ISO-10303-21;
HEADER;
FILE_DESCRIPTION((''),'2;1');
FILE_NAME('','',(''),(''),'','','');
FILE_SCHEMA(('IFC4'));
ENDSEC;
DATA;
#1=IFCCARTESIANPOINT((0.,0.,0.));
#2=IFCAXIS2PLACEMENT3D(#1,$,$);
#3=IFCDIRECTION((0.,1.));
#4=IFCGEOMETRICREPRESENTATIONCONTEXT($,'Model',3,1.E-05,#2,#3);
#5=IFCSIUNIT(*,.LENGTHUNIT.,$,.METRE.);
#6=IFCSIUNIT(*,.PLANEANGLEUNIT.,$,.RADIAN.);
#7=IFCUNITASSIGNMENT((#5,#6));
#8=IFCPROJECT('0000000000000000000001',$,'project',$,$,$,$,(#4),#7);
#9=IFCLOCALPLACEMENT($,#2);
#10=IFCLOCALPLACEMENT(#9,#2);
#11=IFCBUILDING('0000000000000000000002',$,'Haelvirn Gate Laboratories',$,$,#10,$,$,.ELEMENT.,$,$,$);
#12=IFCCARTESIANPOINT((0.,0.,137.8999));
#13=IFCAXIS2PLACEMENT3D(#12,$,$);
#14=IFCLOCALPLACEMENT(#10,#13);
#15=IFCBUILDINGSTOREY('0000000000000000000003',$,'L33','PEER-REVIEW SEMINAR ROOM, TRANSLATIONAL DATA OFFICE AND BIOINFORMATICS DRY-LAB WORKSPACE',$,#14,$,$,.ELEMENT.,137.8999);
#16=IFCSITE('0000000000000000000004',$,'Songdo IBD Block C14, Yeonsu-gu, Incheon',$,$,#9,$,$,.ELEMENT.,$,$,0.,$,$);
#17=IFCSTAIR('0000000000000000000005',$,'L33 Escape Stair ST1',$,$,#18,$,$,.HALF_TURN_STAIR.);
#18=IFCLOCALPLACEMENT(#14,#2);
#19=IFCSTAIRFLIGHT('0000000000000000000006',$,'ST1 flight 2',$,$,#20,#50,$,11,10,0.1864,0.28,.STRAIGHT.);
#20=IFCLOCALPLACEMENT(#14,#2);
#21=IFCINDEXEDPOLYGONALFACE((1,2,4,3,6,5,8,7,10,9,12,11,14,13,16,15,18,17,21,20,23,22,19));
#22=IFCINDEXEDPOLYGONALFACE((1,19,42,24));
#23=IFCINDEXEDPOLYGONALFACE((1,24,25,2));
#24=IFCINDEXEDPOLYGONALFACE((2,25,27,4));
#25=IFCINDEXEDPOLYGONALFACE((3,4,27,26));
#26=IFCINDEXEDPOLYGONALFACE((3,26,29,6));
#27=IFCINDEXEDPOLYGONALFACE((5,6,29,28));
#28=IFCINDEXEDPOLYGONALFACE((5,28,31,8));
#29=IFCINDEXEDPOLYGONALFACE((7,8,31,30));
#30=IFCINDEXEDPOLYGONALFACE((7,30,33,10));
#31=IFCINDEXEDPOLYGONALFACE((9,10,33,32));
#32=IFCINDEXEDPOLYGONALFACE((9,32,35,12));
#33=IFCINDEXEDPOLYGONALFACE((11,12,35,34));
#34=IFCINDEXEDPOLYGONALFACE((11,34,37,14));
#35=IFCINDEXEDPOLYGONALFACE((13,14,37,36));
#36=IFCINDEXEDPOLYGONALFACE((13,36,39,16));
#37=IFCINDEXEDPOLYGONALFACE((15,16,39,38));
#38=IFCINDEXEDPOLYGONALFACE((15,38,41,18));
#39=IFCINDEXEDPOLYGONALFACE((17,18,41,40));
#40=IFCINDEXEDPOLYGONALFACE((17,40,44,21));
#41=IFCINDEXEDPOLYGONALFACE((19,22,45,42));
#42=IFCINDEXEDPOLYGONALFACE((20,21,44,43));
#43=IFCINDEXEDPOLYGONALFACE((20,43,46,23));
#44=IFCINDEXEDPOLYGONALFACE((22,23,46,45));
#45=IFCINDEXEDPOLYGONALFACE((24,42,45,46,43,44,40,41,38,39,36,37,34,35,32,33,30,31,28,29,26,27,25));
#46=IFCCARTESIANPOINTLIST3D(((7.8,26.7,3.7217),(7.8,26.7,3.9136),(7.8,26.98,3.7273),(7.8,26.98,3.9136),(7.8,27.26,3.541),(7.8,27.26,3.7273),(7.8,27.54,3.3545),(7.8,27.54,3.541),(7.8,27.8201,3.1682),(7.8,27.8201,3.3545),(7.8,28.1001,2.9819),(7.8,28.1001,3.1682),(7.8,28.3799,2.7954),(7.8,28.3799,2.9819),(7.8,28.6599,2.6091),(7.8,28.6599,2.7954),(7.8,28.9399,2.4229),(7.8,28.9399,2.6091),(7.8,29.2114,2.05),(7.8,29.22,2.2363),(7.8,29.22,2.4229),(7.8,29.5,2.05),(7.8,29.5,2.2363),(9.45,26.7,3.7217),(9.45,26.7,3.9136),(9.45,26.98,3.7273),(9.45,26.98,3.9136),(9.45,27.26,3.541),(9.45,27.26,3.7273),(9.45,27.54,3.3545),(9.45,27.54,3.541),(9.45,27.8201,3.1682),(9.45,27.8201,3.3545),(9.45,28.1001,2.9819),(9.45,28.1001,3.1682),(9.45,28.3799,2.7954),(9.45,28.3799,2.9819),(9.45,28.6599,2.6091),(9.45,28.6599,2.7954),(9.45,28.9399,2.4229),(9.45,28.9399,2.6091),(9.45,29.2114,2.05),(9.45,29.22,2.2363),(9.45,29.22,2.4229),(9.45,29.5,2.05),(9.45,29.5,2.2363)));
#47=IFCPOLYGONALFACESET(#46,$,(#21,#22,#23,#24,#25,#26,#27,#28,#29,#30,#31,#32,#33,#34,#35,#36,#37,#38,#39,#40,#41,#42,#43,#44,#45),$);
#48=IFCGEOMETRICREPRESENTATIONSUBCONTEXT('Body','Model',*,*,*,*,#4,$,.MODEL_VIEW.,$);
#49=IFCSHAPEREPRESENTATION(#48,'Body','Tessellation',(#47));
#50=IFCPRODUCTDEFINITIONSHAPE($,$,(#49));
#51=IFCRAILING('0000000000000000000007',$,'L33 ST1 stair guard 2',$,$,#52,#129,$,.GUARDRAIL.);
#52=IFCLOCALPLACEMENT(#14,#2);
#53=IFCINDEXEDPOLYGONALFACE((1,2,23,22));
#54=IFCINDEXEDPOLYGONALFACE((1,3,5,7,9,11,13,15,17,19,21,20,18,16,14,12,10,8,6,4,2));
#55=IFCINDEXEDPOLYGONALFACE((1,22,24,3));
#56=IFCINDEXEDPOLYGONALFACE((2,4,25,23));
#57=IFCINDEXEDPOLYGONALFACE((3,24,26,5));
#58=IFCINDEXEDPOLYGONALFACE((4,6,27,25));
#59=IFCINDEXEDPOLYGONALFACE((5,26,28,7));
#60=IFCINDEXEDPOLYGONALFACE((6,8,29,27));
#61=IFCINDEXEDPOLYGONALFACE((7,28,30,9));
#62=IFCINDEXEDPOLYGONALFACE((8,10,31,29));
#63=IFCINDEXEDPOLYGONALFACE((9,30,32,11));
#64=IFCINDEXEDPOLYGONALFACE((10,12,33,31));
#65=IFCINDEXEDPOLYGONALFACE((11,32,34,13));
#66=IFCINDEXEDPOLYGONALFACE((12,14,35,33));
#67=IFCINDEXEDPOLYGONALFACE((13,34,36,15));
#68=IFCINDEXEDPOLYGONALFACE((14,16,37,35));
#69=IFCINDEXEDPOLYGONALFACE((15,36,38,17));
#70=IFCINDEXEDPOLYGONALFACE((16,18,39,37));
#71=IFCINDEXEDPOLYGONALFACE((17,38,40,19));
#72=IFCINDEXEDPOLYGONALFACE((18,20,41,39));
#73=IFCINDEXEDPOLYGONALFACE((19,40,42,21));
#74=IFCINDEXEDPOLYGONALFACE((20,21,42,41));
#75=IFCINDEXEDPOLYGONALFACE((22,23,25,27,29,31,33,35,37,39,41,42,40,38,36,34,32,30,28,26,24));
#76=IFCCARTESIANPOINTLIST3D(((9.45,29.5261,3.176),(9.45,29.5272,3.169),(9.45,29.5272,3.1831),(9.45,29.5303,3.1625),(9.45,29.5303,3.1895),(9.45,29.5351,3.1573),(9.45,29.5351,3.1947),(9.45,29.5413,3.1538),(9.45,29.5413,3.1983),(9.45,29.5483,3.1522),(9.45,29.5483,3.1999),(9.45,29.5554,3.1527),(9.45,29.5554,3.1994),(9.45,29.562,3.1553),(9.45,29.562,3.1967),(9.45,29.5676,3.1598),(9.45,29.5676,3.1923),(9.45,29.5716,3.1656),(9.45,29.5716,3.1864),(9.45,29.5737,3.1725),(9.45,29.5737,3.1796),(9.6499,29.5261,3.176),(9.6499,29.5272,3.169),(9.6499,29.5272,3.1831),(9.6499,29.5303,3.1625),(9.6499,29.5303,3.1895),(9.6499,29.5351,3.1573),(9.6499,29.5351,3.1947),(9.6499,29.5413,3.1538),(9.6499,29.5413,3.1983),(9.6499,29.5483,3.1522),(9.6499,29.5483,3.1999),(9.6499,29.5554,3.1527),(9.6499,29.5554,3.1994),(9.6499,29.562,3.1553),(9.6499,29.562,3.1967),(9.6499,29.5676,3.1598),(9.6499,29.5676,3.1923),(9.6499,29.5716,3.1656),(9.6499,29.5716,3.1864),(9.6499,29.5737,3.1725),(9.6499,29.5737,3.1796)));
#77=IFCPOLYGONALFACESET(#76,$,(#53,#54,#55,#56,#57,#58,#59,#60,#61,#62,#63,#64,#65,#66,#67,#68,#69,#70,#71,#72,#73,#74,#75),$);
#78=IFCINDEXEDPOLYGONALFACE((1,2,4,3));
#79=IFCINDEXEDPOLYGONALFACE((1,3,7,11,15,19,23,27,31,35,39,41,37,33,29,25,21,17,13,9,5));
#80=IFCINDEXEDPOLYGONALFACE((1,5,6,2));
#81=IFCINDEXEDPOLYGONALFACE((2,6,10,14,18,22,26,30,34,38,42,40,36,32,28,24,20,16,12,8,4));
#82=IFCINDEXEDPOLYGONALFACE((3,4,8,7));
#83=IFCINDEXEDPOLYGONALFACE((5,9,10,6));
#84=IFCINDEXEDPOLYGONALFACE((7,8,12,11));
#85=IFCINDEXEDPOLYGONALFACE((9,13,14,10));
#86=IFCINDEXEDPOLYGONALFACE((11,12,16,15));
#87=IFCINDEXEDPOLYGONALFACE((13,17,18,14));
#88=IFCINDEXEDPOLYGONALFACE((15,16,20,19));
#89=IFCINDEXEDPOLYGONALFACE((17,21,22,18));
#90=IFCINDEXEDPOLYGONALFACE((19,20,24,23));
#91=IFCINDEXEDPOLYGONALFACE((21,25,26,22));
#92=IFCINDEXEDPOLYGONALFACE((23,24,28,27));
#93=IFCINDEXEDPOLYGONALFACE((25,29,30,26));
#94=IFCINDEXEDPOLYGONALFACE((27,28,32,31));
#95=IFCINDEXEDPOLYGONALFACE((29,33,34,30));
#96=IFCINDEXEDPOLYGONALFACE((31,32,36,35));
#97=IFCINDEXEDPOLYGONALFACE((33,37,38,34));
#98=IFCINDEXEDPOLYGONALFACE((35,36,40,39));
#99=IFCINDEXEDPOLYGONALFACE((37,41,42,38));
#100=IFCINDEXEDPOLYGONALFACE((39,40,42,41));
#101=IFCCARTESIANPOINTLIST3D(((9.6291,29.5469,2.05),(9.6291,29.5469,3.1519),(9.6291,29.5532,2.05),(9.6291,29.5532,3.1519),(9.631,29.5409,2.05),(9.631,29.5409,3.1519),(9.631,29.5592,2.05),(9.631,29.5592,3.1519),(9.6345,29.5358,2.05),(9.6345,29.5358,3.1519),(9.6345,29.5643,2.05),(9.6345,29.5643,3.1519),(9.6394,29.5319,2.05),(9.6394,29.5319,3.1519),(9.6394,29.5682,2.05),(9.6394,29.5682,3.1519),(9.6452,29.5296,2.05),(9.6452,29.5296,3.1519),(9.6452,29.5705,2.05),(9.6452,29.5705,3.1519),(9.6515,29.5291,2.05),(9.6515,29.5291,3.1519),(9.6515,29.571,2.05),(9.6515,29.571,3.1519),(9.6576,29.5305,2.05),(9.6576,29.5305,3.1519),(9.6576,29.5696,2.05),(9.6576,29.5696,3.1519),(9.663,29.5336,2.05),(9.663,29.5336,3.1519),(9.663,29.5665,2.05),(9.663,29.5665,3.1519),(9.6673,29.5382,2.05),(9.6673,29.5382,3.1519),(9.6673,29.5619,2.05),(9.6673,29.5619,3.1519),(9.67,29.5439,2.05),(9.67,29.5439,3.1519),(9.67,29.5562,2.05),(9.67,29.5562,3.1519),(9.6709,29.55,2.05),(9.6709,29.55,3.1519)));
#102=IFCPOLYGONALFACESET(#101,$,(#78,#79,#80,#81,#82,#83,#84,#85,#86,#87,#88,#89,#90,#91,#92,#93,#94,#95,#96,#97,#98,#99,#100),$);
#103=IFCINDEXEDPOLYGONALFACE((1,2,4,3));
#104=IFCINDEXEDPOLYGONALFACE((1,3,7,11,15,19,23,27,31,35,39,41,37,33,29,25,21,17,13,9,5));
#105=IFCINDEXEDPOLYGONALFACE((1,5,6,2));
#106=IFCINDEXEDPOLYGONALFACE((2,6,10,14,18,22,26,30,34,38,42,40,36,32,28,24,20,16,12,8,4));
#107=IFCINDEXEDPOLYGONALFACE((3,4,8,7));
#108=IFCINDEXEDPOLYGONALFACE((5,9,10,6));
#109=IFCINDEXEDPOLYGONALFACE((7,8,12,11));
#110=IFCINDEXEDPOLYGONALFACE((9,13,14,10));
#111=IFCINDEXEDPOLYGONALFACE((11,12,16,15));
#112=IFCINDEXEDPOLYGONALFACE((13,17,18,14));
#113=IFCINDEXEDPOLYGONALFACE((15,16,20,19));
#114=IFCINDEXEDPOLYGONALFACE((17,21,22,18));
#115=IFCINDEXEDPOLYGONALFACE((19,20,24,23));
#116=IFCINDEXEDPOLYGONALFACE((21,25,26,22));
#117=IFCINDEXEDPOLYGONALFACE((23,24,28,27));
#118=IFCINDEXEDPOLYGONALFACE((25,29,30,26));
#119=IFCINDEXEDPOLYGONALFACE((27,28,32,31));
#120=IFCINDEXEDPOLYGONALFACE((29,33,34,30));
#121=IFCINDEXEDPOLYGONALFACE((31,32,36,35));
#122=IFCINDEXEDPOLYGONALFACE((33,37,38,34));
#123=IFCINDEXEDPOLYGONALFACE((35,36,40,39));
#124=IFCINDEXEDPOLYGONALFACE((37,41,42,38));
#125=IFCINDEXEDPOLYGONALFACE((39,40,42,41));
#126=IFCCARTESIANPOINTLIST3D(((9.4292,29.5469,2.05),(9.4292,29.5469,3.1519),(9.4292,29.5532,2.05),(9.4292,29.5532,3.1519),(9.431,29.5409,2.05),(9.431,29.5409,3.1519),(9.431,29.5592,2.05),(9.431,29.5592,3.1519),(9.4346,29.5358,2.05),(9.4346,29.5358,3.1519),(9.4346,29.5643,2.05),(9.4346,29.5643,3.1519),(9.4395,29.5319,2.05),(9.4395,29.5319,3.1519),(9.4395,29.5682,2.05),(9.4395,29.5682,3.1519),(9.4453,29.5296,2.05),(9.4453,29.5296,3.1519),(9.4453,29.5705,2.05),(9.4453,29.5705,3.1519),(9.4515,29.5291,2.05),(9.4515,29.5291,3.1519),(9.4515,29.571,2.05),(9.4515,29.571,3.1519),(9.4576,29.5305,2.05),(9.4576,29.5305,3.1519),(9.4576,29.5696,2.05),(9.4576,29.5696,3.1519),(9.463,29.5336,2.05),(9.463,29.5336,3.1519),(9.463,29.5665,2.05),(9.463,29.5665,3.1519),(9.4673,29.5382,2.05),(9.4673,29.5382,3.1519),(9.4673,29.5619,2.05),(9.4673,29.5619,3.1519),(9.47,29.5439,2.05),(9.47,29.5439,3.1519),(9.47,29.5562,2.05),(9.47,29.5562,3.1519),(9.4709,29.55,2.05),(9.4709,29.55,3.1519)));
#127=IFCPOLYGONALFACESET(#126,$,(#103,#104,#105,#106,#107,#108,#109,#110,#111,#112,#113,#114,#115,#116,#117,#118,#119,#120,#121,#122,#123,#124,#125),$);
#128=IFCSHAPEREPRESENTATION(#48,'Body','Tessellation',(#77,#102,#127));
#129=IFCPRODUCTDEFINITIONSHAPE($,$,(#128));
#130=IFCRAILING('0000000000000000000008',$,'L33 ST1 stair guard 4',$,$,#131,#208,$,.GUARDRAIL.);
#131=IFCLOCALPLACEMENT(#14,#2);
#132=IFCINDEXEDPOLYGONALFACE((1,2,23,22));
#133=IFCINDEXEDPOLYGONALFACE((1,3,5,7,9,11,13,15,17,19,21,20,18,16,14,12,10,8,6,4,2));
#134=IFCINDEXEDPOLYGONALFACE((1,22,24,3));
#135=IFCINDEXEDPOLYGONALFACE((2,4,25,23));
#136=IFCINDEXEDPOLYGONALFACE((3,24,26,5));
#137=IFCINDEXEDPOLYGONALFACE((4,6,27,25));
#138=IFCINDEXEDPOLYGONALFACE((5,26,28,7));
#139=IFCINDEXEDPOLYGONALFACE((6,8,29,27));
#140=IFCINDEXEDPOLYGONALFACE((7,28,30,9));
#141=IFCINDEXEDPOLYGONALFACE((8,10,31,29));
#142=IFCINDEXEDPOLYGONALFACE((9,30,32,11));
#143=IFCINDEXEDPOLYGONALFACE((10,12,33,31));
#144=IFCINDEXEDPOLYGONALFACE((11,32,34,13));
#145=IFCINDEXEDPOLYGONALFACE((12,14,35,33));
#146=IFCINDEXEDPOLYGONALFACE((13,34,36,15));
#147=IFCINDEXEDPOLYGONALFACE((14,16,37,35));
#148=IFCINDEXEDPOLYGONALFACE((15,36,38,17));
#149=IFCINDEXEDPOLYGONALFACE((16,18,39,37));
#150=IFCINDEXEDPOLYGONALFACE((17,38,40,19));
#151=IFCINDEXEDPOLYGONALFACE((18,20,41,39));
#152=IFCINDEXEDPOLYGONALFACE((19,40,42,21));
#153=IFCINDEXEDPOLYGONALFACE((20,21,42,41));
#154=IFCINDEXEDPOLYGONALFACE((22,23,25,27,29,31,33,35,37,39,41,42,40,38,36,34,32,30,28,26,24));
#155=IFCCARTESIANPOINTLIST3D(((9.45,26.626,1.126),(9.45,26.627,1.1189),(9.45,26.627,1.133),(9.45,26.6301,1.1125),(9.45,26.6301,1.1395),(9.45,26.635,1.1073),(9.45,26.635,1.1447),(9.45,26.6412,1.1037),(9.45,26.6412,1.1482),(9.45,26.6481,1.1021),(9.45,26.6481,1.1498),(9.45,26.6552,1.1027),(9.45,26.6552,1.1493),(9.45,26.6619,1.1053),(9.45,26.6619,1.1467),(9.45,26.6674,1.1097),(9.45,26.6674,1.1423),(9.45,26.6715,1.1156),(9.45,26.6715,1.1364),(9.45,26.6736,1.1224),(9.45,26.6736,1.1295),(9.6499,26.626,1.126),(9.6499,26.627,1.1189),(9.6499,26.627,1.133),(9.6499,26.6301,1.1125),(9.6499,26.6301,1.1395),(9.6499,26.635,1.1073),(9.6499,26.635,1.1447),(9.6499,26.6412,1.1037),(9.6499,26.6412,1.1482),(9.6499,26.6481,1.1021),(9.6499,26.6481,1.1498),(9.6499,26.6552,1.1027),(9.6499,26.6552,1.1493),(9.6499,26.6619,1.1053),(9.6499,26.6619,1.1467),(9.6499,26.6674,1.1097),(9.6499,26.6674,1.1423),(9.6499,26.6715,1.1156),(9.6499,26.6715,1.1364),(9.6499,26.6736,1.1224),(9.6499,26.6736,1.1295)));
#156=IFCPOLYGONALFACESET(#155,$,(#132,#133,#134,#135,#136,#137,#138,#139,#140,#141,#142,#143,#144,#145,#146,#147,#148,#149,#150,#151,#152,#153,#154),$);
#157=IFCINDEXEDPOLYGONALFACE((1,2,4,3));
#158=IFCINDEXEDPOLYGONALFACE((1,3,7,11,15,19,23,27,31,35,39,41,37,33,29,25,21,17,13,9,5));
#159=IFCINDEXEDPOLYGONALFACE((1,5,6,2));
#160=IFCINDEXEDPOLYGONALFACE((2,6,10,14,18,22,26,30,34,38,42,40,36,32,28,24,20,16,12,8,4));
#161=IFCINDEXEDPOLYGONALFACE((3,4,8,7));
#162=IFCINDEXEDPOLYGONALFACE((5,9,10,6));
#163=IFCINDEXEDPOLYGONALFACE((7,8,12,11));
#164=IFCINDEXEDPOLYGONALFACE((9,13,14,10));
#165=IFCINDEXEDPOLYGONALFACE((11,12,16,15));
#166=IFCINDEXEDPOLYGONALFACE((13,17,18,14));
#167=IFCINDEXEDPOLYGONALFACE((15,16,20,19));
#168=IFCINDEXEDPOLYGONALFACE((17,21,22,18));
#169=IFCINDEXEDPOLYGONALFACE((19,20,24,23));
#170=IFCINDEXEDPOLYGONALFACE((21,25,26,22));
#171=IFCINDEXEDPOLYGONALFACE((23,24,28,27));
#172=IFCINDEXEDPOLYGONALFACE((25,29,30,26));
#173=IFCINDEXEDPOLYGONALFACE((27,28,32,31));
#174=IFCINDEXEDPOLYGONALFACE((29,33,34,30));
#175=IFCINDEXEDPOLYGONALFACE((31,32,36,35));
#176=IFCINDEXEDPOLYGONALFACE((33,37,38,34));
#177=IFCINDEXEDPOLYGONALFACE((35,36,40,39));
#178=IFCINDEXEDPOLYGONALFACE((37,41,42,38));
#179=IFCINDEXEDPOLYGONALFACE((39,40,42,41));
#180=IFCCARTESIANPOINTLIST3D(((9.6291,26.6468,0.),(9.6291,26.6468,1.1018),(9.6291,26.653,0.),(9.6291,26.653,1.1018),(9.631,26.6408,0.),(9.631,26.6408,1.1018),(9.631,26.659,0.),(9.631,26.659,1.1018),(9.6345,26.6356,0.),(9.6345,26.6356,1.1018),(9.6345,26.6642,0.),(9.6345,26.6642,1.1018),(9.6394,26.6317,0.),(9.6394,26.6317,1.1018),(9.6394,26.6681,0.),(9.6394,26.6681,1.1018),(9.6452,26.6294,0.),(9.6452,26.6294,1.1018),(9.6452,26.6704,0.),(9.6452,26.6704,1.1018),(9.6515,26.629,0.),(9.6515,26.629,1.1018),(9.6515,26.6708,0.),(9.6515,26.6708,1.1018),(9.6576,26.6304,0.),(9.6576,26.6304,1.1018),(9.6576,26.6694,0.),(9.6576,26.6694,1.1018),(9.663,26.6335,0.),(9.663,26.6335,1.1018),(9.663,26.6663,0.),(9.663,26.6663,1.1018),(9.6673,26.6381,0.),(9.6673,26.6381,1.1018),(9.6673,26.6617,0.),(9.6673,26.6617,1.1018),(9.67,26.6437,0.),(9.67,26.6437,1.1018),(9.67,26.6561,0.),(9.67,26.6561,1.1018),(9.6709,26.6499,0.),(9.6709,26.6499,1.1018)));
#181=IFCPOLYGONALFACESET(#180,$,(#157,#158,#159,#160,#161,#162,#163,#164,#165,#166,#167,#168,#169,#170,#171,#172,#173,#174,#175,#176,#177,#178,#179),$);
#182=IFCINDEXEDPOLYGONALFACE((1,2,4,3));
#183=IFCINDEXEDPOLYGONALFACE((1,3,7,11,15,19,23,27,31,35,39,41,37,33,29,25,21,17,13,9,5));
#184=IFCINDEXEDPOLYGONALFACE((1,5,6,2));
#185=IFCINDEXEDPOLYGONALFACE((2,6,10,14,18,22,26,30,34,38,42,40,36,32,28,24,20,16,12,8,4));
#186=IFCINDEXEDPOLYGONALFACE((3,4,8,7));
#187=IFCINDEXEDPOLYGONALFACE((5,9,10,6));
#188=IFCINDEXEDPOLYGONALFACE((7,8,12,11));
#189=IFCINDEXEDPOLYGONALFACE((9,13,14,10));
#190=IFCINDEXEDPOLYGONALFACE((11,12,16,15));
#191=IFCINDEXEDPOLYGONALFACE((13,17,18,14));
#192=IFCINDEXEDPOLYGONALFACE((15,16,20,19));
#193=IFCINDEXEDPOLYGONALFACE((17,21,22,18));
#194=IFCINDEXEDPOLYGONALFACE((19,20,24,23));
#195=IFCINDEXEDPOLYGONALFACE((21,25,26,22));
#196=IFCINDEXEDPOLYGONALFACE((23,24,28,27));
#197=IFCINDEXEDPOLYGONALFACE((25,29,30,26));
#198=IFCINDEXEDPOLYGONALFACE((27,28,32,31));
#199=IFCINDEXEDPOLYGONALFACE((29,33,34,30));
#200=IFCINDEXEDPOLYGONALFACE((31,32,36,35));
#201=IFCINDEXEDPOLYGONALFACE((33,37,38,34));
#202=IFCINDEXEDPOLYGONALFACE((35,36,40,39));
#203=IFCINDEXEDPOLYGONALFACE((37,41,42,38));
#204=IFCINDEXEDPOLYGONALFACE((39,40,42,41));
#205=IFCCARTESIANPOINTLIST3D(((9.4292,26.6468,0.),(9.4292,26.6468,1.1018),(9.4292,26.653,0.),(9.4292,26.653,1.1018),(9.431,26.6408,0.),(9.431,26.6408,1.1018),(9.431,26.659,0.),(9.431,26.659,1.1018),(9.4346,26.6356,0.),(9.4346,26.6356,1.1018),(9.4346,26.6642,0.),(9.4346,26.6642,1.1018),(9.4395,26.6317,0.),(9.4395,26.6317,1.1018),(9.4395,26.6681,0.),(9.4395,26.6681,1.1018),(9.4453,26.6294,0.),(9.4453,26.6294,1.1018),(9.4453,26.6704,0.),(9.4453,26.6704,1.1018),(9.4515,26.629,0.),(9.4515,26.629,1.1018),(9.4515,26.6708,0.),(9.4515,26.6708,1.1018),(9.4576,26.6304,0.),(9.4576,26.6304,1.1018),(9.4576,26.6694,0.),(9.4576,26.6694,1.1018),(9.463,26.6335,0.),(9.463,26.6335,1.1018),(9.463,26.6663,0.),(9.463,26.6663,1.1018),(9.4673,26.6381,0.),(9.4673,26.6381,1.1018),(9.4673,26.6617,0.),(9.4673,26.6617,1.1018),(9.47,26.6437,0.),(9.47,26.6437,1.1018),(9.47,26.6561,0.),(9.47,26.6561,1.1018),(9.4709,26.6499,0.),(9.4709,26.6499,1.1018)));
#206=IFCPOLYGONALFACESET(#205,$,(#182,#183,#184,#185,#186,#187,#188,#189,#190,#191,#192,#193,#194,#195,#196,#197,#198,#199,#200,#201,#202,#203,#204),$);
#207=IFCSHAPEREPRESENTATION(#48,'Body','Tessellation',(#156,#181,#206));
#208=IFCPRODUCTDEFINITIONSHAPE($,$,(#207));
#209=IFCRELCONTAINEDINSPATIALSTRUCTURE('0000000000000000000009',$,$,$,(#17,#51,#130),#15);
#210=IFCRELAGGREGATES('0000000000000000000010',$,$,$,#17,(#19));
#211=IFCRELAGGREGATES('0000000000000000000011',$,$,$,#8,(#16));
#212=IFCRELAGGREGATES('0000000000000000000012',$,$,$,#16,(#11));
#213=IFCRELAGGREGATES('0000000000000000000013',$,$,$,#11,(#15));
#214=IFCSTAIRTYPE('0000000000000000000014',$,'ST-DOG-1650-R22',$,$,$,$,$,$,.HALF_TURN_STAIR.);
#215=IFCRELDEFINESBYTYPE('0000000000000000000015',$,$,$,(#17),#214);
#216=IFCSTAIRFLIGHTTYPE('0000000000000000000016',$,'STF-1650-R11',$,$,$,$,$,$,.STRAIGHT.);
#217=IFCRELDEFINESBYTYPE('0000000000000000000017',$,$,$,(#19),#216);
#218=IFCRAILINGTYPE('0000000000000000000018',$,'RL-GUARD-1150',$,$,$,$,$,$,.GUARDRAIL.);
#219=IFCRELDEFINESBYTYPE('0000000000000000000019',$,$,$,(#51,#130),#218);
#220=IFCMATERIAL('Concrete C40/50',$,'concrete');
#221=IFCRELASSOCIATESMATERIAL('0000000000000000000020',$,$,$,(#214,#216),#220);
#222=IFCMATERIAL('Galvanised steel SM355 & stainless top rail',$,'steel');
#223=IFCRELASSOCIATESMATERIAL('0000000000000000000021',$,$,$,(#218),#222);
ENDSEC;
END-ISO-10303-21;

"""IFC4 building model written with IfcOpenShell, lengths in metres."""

from ifc_helpers import new_model, si_unit, direction, frame, origin, origin_2d, place, context, subcontext, project, spatial, polyline, circle, outline, extrude, source, transform, mapped, material, type_object, type_shapes, element, aggregate, save


model = new_model("IFC4")

# Units and contexts
model_context = context("Model", 3, precision=1e-05, world=origin(), true_north=direction((0.0, 1.0)))
body_context = subcontext(model_context, "Body", "Model", "MODEL_VIEW")
ifc_project = project(units=[si_unit("LENGTHUNIT", "METRE"), si_unit("PLANEANGLEUNIT", "RADIAN")], contexts=[model_context])

# Site, building, storey
site_placement = place(None, origin())
site = spatial("IfcSite", under=ifc_project, at=site_placement, Name="Songdo IBD Block C14, Yeonsu-gu, Incheon", CompositionType="ELEMENT", RefElevation=0.0)
building_placement = place(site_placement, origin())
building = spatial("IfcBuilding", under=site, at=building_placement, Name="Haelvirn Gate Laboratories", CompositionType="ELEMENT")
storey_placement = place(building_placement, frame((0.0, 0.0, 137.8999)))
storey = spatial("IfcBuildingStorey", under=building, at=storey_placement, Name="L33", Description="PEER-REVIEW SEMINAR ROOM, TRANSLATIONAL DATA OFFICE AND BIOINFORMATICS DRY-LAB WORKSPACE", CompositionType="ELEMENT", Elevation=137.8999)

# Shared definitions
ifc_material_1 = material(Name="Concrete C40/50", Category="concrete")

# Stair, stair flight
stair_type = type_object("IfcStairType", Name="ST-DOG-1650-R22", PredefinedType="HALF_TURN_STAIR", material=ifc_material_1)
stair_placement = place(storey_placement, origin())
stair = element("IfcStair", 1, at=stair_placement, inside=storey, type_object=stair_type, Name="L33 Escape Stair ST1", PredefinedType="HALF_TURN_STAIR")
stair_flight_type = type_object("IfcStairFlightType", Name="STF-1650-R11", PredefinedType="STRAIGHT", material=ifc_material_1)
shared_shape_1 = source(origin(), body_context, "Body", "SweptSolid", [
    extrude(outline(polyline([(0.0, 0.0), (0.0, 0.1863), (0.28, 0.1863), (0.28, 0.3728), (0.5601, 0.3728), (0.5601, 0.5591), (0.8401, 0.5591), (0.8401, 0.7454), (1.1201, 0.7454), (1.1201, 0.9319), (1.3999, 0.9319), (1.3999, 1.1182), (1.6799, 1.1182), (1.6799, 1.3044), (1.96, 1.3044), (1.96, 1.491), (2.24, 1.491), (2.24, 1.6772), (2.52, 1.6772), (2.52, 1.8635), (2.8, 1.8635), (2.8, 2.05), (2.8, 1.6716), (0.2886, 0.0), (0.0, 0.0)])), frame((0.0, 0.825, 0.0), z_axis=(0.0, -1.0, 0.0), x_axis=(1.0, 0.0, 0.0)), (0.0, 0.0, 1.0), 1.6499),
])
type_shapes(stair_flight_type, [shared_shape_1])
stair_flight_placement = place(storey_placement, frame((8.625, 29.5, 2.05), z_axis=(0.0, 0.0, 1.0), x_axis=(0.0, -1.0, 0.0)))
stair_flight = element("IfcStairFlight", 2, at=stair_flight_placement, type_object=stair_flight_type, Name="ST1 flight 2", NumberOfRisers=11, NumberOfTreads=10, PredefinedType="STRAIGHT", RiserHeight=0.1864, TreadLength=0.28, context=body_context, shape_type="MappedRepresentation", body=[
    mapped(shared_shape_1, transform((0.0, 0.0, 0.0), scale=1.0)),
])
aggregate(stair, [stair_flight])

# Railings
ifc_material_2 = material(Name="Galvanised steel SM355 & stainless top rail", Category="steel")
railing_type_1 = type_object("IfcRailingType", Name="RL-GUARD-1150", PredefinedType="GUARDRAIL", material=ifc_material_2)
shared_shape_2 = source(origin(), body_context, "Body", "SweptSolid", [
    extrude(circle(Radius=0.0239, at=origin_2d()), frame((0.0, 0.0, 1.126), z_axis=(-1.0, 0.0, 0.0), x_axis=(0.0, -1.0, 0.0)), (0.0, 0.0, 1.0), 0.2),
    extrude(circle(Radius=0.021, at=origin_2d()), origin(), (0.0, 0.0, 1.0), 1.1018),
    extrude(circle(Radius=0.021, at=origin_2d()), frame((-0.2, 0.0, 0.0)), (0.0, 0.0, 1.0), 1.1018),
])
for number, where, name in (
    (3, (9.6499, 29.55, 2.05), "L33 ST1 stair guard 2"),
    (4, (9.6499, 26.6499, 0.0), "L33 ST1 stair guard 4"),
):
    element("IfcRailing", number, at=place(storey_placement, frame(where)), inside=storey, type_object=railing_type_1, Name=name, PredefinedType="GUARDRAIL", context=body_context, shape_type="MappedRepresentation", body=[
        mapped(shared_shape_2, transform((0.0, 0.0, 0.0), scale=1.0)),
    ])

save(model, "model.ifc")
